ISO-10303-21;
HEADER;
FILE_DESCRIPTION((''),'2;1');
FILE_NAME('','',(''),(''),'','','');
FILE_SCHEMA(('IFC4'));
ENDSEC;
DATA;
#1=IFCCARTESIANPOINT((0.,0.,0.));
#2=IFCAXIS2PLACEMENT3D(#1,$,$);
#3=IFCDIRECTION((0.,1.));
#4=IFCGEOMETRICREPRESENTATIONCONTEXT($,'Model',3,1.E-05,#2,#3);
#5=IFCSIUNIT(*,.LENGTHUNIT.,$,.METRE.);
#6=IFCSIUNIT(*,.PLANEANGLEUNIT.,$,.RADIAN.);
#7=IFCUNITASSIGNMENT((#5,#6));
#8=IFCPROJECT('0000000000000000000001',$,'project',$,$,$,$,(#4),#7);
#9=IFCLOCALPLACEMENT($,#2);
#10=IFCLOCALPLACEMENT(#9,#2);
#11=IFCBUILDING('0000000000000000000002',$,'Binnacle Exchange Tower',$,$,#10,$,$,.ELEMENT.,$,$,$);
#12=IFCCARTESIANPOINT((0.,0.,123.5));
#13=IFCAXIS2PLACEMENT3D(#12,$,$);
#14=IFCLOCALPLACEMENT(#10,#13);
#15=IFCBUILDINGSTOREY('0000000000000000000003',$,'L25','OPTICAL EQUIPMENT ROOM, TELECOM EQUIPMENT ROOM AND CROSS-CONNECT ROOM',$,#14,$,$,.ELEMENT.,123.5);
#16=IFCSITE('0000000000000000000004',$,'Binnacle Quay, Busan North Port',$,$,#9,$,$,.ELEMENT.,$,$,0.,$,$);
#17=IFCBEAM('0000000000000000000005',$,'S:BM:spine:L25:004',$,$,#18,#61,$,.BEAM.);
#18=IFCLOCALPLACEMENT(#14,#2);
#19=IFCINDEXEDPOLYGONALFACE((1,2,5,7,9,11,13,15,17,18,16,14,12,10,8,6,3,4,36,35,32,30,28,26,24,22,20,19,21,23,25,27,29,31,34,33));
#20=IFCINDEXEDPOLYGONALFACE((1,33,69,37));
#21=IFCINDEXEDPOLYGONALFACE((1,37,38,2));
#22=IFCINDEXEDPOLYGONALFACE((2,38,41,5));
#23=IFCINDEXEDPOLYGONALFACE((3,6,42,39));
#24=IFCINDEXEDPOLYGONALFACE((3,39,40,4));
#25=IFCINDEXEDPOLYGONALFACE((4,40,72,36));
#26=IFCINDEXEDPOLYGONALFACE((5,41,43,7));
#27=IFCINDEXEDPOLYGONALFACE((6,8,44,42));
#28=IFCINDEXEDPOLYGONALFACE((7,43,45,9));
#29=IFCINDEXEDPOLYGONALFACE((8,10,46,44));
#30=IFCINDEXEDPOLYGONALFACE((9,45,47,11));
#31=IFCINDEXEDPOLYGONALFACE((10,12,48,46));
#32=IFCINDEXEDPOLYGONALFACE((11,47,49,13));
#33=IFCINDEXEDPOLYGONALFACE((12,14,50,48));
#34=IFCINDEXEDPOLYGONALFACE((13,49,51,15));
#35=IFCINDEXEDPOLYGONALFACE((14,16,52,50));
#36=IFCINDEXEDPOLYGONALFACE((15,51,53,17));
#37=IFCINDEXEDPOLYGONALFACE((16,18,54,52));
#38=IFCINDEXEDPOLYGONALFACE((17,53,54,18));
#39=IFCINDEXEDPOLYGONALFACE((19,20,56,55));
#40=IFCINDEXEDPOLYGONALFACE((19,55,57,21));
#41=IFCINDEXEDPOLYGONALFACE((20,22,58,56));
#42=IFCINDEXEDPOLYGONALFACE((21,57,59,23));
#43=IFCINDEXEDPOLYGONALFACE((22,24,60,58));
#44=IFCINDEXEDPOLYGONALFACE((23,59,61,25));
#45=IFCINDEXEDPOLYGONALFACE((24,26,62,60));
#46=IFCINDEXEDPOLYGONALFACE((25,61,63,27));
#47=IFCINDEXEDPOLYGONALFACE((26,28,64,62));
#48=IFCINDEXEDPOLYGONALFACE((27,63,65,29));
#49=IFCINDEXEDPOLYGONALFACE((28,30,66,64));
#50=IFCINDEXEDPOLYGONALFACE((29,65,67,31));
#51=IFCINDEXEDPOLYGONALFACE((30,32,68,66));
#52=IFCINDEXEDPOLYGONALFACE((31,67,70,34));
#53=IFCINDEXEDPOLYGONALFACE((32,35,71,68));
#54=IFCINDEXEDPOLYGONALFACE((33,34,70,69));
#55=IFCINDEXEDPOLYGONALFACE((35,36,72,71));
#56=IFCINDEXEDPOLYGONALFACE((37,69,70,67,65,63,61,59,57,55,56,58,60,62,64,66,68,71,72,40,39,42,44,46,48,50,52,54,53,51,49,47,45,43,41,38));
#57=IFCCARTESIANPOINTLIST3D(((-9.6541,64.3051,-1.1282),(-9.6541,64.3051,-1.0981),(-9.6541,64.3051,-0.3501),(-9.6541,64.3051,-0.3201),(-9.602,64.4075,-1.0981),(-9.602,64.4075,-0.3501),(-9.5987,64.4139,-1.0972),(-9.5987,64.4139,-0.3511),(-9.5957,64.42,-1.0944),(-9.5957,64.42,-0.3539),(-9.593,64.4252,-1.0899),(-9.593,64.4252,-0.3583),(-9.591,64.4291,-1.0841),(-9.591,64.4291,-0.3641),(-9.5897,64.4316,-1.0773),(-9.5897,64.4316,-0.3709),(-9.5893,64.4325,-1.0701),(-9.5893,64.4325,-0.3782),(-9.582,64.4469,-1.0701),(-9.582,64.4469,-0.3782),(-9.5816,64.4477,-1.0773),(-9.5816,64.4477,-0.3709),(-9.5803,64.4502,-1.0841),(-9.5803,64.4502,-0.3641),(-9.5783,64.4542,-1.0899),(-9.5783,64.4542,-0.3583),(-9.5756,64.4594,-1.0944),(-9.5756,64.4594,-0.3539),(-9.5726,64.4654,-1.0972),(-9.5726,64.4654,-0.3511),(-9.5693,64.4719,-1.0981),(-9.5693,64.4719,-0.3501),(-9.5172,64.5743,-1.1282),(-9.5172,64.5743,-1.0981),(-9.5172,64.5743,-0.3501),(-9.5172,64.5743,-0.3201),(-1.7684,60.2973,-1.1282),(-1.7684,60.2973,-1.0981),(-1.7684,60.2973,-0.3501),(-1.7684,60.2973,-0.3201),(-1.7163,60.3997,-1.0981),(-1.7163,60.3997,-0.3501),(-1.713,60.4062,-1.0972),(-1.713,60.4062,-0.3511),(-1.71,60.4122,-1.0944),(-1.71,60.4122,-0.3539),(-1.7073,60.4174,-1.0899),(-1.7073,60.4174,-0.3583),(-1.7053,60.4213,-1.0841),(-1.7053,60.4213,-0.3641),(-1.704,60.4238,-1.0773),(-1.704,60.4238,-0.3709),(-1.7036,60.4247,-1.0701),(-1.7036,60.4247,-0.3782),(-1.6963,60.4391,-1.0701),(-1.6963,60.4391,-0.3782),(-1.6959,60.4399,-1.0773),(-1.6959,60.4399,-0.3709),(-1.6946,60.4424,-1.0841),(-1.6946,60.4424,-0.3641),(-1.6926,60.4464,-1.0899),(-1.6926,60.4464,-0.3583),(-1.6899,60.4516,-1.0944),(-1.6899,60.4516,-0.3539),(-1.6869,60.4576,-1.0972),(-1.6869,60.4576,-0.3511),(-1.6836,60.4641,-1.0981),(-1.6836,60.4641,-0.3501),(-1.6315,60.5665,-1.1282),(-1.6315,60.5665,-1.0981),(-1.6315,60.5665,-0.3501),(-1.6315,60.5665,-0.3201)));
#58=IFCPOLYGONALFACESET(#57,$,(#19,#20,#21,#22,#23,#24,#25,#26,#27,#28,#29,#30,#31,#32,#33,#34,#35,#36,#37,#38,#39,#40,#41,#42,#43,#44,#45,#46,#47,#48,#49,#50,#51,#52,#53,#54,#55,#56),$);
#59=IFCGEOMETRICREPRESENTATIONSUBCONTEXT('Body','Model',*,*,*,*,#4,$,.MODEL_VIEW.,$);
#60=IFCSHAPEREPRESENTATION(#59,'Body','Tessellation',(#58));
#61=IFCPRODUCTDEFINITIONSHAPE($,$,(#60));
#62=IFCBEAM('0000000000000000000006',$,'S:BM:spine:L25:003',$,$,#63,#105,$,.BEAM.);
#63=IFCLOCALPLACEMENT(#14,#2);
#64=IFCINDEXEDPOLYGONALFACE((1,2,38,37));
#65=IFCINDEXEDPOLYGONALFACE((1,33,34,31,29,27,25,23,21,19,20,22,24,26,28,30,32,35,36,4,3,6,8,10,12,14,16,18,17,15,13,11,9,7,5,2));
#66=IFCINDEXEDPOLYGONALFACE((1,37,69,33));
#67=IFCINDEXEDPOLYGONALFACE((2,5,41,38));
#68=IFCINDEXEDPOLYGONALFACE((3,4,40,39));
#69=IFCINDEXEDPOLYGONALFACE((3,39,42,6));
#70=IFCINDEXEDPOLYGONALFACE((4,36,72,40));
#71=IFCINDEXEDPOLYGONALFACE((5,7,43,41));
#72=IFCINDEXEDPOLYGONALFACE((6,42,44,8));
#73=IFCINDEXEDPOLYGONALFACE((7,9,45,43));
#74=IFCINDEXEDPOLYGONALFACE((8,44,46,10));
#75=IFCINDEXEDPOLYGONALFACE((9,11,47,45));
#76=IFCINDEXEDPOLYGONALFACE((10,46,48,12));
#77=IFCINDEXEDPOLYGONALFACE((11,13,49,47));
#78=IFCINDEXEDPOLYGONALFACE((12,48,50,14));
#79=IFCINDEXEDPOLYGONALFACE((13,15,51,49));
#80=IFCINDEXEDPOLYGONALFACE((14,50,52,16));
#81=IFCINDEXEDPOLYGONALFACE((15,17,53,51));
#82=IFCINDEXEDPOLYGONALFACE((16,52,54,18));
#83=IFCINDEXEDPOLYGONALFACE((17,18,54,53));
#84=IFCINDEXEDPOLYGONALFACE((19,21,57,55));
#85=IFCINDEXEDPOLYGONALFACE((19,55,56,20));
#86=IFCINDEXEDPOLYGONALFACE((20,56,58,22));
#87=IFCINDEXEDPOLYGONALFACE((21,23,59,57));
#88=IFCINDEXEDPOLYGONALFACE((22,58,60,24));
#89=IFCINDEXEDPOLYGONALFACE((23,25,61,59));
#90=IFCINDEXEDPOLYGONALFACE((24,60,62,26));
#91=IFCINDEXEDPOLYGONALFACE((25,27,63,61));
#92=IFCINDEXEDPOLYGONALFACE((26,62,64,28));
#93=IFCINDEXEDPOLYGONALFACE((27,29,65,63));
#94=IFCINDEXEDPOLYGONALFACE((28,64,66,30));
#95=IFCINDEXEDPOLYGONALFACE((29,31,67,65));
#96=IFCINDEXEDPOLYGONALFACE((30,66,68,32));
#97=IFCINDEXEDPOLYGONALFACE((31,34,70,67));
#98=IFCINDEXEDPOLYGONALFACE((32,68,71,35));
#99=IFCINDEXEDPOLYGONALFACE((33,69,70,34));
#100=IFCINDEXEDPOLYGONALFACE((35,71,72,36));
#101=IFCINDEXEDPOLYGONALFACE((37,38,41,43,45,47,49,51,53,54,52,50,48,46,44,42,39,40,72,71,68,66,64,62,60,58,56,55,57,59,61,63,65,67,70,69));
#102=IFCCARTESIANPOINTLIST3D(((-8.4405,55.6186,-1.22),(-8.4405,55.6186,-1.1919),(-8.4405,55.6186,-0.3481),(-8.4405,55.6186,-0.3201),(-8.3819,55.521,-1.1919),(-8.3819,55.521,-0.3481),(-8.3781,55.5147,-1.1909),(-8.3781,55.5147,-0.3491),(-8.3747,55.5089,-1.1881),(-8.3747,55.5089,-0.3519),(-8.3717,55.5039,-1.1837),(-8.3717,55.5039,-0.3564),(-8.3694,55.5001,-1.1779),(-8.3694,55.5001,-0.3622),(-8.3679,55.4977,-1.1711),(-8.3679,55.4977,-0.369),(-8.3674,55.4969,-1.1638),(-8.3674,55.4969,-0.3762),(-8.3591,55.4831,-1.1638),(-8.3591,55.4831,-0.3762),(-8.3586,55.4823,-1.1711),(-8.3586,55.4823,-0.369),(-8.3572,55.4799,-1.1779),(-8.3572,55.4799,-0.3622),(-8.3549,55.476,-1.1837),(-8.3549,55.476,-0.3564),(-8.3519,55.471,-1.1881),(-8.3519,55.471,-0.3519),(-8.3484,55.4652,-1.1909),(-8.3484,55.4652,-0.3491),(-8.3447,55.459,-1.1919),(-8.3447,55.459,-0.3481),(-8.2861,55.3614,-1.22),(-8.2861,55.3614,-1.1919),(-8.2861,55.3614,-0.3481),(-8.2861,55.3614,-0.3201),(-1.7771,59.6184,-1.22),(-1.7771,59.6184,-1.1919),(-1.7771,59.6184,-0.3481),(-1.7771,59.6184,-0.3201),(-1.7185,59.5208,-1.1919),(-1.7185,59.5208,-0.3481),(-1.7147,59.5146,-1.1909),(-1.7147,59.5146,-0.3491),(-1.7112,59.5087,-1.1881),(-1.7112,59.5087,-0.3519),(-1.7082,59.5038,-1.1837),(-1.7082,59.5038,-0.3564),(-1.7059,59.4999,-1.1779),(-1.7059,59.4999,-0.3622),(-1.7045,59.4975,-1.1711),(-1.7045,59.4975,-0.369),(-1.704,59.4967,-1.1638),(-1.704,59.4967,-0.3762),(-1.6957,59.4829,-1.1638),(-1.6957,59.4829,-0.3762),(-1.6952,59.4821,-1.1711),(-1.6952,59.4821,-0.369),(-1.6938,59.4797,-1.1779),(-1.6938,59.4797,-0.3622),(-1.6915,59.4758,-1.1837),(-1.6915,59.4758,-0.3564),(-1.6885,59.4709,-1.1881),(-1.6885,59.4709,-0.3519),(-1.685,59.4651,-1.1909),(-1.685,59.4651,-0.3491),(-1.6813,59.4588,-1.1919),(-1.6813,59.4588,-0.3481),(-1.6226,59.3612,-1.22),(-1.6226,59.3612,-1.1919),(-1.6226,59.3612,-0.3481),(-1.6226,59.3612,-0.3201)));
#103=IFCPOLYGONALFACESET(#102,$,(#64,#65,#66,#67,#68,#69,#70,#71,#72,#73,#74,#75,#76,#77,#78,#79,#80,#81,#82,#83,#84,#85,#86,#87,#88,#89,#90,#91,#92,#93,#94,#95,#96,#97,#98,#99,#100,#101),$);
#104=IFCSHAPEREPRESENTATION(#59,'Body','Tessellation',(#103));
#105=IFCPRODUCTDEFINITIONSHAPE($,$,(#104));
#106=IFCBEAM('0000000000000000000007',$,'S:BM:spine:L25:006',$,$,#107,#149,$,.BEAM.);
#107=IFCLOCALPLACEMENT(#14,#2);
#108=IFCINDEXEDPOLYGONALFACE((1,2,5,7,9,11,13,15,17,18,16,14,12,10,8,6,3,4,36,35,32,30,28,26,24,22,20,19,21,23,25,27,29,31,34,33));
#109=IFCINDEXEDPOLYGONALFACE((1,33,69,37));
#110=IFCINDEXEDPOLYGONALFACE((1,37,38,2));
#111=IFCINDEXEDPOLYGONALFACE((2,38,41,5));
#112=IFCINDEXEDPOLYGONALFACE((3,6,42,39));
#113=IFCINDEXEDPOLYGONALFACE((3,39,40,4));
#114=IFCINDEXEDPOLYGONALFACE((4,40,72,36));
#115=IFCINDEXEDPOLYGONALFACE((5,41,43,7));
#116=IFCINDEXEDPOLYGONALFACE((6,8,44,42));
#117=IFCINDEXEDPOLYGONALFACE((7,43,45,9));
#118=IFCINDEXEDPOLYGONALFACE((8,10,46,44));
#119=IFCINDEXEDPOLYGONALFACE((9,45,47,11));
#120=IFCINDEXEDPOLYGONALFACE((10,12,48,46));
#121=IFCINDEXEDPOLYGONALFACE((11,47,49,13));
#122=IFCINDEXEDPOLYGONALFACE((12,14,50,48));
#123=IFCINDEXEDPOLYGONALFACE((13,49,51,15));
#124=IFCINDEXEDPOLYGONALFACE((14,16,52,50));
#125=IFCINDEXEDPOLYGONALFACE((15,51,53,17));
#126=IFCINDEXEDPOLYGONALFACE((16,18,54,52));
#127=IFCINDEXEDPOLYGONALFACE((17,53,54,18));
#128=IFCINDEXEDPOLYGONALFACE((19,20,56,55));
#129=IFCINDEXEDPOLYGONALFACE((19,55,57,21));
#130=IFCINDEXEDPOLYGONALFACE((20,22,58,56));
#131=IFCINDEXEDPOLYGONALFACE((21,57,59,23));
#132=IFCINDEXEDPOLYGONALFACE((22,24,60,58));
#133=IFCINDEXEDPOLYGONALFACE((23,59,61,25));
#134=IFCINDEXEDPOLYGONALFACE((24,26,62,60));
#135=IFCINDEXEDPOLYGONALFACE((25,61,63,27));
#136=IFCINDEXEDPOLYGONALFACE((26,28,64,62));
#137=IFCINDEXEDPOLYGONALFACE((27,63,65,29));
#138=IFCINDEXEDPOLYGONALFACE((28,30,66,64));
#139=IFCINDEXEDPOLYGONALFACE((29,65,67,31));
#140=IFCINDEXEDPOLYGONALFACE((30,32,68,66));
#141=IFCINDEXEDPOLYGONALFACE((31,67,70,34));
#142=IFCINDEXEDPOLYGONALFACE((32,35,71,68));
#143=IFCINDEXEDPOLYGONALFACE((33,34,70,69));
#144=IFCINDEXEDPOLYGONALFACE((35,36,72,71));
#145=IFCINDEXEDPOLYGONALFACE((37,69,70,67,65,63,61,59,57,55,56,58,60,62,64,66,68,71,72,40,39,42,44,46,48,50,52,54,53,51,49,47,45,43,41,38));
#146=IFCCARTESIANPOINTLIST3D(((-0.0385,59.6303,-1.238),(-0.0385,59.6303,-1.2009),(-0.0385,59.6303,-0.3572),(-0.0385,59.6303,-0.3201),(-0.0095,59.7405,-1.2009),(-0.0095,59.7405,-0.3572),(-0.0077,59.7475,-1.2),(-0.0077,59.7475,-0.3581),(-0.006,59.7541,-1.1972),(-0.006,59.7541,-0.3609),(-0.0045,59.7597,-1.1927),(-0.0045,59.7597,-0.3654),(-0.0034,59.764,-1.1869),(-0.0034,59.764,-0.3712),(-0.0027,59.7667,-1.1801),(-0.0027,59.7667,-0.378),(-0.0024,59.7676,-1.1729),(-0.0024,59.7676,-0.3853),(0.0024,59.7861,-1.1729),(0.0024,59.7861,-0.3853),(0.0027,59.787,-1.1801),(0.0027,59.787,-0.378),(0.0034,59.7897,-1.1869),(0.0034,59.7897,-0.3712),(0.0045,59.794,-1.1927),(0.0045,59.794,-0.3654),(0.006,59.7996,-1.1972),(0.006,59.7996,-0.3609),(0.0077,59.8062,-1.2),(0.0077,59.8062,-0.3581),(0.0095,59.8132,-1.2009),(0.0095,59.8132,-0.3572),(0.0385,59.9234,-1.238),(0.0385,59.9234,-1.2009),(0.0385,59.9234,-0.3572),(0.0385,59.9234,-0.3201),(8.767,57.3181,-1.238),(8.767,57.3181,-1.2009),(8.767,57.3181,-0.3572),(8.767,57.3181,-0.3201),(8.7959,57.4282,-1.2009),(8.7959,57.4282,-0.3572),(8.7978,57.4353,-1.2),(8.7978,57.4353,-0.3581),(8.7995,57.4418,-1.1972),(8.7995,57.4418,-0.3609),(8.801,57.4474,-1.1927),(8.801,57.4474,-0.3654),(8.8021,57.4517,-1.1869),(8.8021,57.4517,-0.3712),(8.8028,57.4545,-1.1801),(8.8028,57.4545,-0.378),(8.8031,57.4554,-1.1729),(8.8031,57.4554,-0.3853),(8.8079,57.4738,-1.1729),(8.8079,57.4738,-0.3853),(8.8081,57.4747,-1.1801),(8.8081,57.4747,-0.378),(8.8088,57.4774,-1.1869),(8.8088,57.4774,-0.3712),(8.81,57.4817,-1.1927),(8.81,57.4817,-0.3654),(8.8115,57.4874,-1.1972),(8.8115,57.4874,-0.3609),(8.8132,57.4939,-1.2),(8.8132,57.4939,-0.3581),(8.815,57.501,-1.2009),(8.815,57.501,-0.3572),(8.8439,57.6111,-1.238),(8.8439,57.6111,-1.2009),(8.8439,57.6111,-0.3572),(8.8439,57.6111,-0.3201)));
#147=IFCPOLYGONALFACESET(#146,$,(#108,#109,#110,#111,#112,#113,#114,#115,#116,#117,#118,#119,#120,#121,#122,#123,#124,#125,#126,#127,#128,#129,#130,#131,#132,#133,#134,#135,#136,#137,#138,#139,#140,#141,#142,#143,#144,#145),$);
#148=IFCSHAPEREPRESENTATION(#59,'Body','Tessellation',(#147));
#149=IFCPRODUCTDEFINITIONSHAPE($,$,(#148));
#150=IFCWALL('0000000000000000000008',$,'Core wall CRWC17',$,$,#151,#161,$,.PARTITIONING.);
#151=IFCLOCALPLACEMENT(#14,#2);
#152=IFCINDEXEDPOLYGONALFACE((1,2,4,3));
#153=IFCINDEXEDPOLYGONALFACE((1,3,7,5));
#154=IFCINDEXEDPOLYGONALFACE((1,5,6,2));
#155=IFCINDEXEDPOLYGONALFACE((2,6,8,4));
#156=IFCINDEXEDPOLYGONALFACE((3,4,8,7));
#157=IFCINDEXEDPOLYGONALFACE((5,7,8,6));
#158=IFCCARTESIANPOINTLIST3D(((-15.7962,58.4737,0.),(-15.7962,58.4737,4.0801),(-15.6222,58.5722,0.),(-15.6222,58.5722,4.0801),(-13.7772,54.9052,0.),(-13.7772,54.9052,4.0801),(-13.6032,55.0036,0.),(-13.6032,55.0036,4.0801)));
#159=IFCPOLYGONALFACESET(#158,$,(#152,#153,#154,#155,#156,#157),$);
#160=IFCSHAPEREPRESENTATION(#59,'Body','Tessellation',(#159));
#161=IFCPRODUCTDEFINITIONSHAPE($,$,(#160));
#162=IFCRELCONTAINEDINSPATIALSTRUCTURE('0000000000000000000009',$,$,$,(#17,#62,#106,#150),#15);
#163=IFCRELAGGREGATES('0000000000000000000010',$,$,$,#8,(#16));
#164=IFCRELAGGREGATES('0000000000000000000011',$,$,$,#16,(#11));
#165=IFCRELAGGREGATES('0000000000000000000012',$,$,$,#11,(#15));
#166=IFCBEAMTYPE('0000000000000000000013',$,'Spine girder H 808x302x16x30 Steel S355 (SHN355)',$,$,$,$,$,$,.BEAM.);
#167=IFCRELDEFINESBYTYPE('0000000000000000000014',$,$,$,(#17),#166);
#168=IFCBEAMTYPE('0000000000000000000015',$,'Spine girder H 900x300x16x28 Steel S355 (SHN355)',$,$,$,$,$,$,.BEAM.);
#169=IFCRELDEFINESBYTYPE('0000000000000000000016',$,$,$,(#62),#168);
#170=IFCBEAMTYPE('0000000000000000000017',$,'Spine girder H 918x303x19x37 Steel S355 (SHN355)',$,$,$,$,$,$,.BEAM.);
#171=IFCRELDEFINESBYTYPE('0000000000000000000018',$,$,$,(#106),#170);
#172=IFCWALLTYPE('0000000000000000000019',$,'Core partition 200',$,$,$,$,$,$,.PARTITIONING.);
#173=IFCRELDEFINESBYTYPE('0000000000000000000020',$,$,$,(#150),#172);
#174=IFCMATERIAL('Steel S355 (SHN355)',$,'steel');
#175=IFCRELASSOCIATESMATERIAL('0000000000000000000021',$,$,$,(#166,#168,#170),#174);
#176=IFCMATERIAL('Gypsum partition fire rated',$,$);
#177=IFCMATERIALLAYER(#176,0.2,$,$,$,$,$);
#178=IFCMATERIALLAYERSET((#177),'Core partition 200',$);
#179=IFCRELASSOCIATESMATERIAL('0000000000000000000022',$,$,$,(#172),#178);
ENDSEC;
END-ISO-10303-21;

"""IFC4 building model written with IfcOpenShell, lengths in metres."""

from ifc_helpers import new_model, si_unit, direction, frame, frame_2d, origin, origin_2d, place, context, subcontext, project, spatial, rectangle, i_section, extrude, material, layer, layer_set, material_profile, profile_set, type_object, element, save


model = new_model("IFC4")

# Units and contexts
model_context = context("Model", 3, precision=1e-05, world=origin(), true_north=direction((0.0, 1.0)))
body_context = subcontext(model_context, "Body", "Model", "MODEL_VIEW")
ifc_project = project(units=[si_unit("LENGTHUNIT", "METRE"), si_unit("PLANEANGLEUNIT", "RADIAN")], contexts=[model_context])

# Site, building, storey
site_placement = place(None, origin())
site = spatial("IfcSite", under=ifc_project, at=site_placement, Name="Binnacle Quay, Busan North Port", CompositionType="ELEMENT", RefElevation=0.0)
building_placement = place(site_placement, origin())
building = spatial("IfcBuilding", under=site, at=building_placement, Name="Binnacle Exchange Tower", CompositionType="ELEMENT")
storey_placement = place(building_placement, frame((0.0, 0.0, 123.5)))
storey = spatial("IfcBuildingStorey", under=building, at=storey_placement, Name="L25", Description="OPTICAL EQUIPMENT ROOM, TELECOM EQUIPMENT ROOM AND CROSS-CONNECT ROOM", CompositionType="ELEMENT", Elevation=123.5)

# Beams
ifc_material_1 = material(Name="Steel S355 (SHN355)", Category="steel")
ifc_material_profile_1 = material_profile(ifc_material_1, i_section(OverallWidth=0.302, OverallDepth=0.8081, WebThickness=0.0161, FlangeThickness=0.03, FilletRadius=0.0281, at=origin_2d()), Name="H 808x302x16x30")
ifc_profile_set_1 = profile_set([ifc_material_profile_1], Name="Steel S355 (SHN355)")
beam_type_1 = type_object("IfcBeamType", Name="Spine girder H 808x302x16x30 Steel S355 (SHN355)", PredefinedType="BEAM", material=ifc_profile_set_1)
beam_1_placement = place(storey_placement, frame((-1.7, 60.4319, -0.7241), z_axis=(-0.891471, 0.453077, 0.0), x_axis=(-0.453077, -0.891471, 0.0)))
element("IfcBeam", 1, at=beam_1_placement, inside=storey, type_object=beam_type_1, Name="S:BM:spine:L25:004", PredefinedType="BEAM", context=body_context, shape_type="SweptSolid", body=[
    extrude(i_section(OverallWidth=0.302, OverallDepth=0.8081, WebThickness=0.0161, FlangeThickness=0.03, FilletRadius=0.0281, at=origin_2d()), origin(), (0.0, 0.0, 1.0), 8.8457),
])
ifc_material_profile_2 = material_profile(ifc_material_1, i_section(OverallWidth=0.3, OverallDepth=0.8999, WebThickness=0.0161, FlangeThickness=0.0281, FilletRadius=0.0281, at=origin_2d()), Name="H 900x300x16x28")
ifc_profile_set_2 = profile_set([ifc_material_profile_2], Name="Steel S355 (SHN355)")
beam_type_2 = type_object("IfcBeamType", Name="Spine girder H 900x300x16x28 Steel S355 (SHN355)", PredefinedType="BEAM", material=ifc_profile_set_2)
beam_2_placement = place(storey_placement, frame((-8.3633, 55.49, -0.77), z_axis=(0.857393, 0.514662, 0.0), x_axis=(-0.514662, 0.857393, 0.0)))
element("IfcBeam", 2, at=beam_2_placement, inside=storey, type_object=beam_type_2, Name="S:BM:spine:L25:003", PredefinedType="BEAM", context=body_context, shape_type="SweptSolid", body=[
    extrude(i_section(OverallWidth=0.3, OverallDepth=0.8999, WebThickness=0.0161, FlangeThickness=0.0281, FilletRadius=0.0281, at=origin_2d()), origin(), (0.0, 0.0, 1.0), 7.7717),
])
ifc_material_profile_3 = material_profile(ifc_material_1, i_section(OverallWidth=0.303, OverallDepth=0.918, WebThickness=0.019, FlangeThickness=0.0371, FilletRadius=0.0281, at=origin_2d()), Name="H 918x303x19x37")
ifc_profile_set_3 = profile_set([ifc_material_profile_3], Name="Steel S355 (SHN355)")
beam_type_3 = type_object("IfcBeamType", Name="Spine girder H 918x303x19x37 Steel S355 (SHN355)", PredefinedType="BEAM", material=ifc_profile_set_3)
beam_3_placement = place(storey_placement, frame((0.0, 59.7769, -0.7791), z_axis=(0.967208, -0.253984, 0.0), x_axis=(0.253984, 0.967208, 0.0)))
element("IfcBeam", 3, at=beam_3_placement, inside=storey, type_object=beam_type_3, Name="S:BM:spine:L25:006", PredefinedType="BEAM", context=body_context, shape_type="SweptSolid", body=[
    extrude(i_section(OverallWidth=0.303, OverallDepth=0.918, WebThickness=0.019, FlangeThickness=0.0371, FilletRadius=0.0281, at=origin_2d()), origin(), (0.0, 0.0, 1.0), 9.104),
])

# Wall
ifc_material_2 = material(Name="Gypsum partition fire rated")
ifc_layer_1 = layer(ifc_material_2, 0.2)
ifc_layer_set_1 = layer_set([ifc_layer_1], Name="Core partition 200")
wall_type_1 = type_object("IfcWallType", Name="Core partition 200", PredefinedType="PARTITIONING", material=ifc_layer_set_1)
wall_1_placement = place(storey_placement, frame((-15.7092, 58.5229, 0.0), z_axis=(0.0, 0.0, 1.0), x_axis=(0.492428, -0.870353, 0.0)))
element("IfcWall", 4, at=wall_1_placement, inside=storey, type_object=wall_type_1, Name="Core wall CRWC17", PredefinedType="PARTITIONING", context=body_context, shape_type="SweptSolid", body=[
    extrude(rectangle(XDim=4.1001, YDim=0.2, at=frame_2d((2.05, 0.0))), origin(), (0.0, 0.0, 1.0), 4.0801),
])

save(model, "model.ifc")
